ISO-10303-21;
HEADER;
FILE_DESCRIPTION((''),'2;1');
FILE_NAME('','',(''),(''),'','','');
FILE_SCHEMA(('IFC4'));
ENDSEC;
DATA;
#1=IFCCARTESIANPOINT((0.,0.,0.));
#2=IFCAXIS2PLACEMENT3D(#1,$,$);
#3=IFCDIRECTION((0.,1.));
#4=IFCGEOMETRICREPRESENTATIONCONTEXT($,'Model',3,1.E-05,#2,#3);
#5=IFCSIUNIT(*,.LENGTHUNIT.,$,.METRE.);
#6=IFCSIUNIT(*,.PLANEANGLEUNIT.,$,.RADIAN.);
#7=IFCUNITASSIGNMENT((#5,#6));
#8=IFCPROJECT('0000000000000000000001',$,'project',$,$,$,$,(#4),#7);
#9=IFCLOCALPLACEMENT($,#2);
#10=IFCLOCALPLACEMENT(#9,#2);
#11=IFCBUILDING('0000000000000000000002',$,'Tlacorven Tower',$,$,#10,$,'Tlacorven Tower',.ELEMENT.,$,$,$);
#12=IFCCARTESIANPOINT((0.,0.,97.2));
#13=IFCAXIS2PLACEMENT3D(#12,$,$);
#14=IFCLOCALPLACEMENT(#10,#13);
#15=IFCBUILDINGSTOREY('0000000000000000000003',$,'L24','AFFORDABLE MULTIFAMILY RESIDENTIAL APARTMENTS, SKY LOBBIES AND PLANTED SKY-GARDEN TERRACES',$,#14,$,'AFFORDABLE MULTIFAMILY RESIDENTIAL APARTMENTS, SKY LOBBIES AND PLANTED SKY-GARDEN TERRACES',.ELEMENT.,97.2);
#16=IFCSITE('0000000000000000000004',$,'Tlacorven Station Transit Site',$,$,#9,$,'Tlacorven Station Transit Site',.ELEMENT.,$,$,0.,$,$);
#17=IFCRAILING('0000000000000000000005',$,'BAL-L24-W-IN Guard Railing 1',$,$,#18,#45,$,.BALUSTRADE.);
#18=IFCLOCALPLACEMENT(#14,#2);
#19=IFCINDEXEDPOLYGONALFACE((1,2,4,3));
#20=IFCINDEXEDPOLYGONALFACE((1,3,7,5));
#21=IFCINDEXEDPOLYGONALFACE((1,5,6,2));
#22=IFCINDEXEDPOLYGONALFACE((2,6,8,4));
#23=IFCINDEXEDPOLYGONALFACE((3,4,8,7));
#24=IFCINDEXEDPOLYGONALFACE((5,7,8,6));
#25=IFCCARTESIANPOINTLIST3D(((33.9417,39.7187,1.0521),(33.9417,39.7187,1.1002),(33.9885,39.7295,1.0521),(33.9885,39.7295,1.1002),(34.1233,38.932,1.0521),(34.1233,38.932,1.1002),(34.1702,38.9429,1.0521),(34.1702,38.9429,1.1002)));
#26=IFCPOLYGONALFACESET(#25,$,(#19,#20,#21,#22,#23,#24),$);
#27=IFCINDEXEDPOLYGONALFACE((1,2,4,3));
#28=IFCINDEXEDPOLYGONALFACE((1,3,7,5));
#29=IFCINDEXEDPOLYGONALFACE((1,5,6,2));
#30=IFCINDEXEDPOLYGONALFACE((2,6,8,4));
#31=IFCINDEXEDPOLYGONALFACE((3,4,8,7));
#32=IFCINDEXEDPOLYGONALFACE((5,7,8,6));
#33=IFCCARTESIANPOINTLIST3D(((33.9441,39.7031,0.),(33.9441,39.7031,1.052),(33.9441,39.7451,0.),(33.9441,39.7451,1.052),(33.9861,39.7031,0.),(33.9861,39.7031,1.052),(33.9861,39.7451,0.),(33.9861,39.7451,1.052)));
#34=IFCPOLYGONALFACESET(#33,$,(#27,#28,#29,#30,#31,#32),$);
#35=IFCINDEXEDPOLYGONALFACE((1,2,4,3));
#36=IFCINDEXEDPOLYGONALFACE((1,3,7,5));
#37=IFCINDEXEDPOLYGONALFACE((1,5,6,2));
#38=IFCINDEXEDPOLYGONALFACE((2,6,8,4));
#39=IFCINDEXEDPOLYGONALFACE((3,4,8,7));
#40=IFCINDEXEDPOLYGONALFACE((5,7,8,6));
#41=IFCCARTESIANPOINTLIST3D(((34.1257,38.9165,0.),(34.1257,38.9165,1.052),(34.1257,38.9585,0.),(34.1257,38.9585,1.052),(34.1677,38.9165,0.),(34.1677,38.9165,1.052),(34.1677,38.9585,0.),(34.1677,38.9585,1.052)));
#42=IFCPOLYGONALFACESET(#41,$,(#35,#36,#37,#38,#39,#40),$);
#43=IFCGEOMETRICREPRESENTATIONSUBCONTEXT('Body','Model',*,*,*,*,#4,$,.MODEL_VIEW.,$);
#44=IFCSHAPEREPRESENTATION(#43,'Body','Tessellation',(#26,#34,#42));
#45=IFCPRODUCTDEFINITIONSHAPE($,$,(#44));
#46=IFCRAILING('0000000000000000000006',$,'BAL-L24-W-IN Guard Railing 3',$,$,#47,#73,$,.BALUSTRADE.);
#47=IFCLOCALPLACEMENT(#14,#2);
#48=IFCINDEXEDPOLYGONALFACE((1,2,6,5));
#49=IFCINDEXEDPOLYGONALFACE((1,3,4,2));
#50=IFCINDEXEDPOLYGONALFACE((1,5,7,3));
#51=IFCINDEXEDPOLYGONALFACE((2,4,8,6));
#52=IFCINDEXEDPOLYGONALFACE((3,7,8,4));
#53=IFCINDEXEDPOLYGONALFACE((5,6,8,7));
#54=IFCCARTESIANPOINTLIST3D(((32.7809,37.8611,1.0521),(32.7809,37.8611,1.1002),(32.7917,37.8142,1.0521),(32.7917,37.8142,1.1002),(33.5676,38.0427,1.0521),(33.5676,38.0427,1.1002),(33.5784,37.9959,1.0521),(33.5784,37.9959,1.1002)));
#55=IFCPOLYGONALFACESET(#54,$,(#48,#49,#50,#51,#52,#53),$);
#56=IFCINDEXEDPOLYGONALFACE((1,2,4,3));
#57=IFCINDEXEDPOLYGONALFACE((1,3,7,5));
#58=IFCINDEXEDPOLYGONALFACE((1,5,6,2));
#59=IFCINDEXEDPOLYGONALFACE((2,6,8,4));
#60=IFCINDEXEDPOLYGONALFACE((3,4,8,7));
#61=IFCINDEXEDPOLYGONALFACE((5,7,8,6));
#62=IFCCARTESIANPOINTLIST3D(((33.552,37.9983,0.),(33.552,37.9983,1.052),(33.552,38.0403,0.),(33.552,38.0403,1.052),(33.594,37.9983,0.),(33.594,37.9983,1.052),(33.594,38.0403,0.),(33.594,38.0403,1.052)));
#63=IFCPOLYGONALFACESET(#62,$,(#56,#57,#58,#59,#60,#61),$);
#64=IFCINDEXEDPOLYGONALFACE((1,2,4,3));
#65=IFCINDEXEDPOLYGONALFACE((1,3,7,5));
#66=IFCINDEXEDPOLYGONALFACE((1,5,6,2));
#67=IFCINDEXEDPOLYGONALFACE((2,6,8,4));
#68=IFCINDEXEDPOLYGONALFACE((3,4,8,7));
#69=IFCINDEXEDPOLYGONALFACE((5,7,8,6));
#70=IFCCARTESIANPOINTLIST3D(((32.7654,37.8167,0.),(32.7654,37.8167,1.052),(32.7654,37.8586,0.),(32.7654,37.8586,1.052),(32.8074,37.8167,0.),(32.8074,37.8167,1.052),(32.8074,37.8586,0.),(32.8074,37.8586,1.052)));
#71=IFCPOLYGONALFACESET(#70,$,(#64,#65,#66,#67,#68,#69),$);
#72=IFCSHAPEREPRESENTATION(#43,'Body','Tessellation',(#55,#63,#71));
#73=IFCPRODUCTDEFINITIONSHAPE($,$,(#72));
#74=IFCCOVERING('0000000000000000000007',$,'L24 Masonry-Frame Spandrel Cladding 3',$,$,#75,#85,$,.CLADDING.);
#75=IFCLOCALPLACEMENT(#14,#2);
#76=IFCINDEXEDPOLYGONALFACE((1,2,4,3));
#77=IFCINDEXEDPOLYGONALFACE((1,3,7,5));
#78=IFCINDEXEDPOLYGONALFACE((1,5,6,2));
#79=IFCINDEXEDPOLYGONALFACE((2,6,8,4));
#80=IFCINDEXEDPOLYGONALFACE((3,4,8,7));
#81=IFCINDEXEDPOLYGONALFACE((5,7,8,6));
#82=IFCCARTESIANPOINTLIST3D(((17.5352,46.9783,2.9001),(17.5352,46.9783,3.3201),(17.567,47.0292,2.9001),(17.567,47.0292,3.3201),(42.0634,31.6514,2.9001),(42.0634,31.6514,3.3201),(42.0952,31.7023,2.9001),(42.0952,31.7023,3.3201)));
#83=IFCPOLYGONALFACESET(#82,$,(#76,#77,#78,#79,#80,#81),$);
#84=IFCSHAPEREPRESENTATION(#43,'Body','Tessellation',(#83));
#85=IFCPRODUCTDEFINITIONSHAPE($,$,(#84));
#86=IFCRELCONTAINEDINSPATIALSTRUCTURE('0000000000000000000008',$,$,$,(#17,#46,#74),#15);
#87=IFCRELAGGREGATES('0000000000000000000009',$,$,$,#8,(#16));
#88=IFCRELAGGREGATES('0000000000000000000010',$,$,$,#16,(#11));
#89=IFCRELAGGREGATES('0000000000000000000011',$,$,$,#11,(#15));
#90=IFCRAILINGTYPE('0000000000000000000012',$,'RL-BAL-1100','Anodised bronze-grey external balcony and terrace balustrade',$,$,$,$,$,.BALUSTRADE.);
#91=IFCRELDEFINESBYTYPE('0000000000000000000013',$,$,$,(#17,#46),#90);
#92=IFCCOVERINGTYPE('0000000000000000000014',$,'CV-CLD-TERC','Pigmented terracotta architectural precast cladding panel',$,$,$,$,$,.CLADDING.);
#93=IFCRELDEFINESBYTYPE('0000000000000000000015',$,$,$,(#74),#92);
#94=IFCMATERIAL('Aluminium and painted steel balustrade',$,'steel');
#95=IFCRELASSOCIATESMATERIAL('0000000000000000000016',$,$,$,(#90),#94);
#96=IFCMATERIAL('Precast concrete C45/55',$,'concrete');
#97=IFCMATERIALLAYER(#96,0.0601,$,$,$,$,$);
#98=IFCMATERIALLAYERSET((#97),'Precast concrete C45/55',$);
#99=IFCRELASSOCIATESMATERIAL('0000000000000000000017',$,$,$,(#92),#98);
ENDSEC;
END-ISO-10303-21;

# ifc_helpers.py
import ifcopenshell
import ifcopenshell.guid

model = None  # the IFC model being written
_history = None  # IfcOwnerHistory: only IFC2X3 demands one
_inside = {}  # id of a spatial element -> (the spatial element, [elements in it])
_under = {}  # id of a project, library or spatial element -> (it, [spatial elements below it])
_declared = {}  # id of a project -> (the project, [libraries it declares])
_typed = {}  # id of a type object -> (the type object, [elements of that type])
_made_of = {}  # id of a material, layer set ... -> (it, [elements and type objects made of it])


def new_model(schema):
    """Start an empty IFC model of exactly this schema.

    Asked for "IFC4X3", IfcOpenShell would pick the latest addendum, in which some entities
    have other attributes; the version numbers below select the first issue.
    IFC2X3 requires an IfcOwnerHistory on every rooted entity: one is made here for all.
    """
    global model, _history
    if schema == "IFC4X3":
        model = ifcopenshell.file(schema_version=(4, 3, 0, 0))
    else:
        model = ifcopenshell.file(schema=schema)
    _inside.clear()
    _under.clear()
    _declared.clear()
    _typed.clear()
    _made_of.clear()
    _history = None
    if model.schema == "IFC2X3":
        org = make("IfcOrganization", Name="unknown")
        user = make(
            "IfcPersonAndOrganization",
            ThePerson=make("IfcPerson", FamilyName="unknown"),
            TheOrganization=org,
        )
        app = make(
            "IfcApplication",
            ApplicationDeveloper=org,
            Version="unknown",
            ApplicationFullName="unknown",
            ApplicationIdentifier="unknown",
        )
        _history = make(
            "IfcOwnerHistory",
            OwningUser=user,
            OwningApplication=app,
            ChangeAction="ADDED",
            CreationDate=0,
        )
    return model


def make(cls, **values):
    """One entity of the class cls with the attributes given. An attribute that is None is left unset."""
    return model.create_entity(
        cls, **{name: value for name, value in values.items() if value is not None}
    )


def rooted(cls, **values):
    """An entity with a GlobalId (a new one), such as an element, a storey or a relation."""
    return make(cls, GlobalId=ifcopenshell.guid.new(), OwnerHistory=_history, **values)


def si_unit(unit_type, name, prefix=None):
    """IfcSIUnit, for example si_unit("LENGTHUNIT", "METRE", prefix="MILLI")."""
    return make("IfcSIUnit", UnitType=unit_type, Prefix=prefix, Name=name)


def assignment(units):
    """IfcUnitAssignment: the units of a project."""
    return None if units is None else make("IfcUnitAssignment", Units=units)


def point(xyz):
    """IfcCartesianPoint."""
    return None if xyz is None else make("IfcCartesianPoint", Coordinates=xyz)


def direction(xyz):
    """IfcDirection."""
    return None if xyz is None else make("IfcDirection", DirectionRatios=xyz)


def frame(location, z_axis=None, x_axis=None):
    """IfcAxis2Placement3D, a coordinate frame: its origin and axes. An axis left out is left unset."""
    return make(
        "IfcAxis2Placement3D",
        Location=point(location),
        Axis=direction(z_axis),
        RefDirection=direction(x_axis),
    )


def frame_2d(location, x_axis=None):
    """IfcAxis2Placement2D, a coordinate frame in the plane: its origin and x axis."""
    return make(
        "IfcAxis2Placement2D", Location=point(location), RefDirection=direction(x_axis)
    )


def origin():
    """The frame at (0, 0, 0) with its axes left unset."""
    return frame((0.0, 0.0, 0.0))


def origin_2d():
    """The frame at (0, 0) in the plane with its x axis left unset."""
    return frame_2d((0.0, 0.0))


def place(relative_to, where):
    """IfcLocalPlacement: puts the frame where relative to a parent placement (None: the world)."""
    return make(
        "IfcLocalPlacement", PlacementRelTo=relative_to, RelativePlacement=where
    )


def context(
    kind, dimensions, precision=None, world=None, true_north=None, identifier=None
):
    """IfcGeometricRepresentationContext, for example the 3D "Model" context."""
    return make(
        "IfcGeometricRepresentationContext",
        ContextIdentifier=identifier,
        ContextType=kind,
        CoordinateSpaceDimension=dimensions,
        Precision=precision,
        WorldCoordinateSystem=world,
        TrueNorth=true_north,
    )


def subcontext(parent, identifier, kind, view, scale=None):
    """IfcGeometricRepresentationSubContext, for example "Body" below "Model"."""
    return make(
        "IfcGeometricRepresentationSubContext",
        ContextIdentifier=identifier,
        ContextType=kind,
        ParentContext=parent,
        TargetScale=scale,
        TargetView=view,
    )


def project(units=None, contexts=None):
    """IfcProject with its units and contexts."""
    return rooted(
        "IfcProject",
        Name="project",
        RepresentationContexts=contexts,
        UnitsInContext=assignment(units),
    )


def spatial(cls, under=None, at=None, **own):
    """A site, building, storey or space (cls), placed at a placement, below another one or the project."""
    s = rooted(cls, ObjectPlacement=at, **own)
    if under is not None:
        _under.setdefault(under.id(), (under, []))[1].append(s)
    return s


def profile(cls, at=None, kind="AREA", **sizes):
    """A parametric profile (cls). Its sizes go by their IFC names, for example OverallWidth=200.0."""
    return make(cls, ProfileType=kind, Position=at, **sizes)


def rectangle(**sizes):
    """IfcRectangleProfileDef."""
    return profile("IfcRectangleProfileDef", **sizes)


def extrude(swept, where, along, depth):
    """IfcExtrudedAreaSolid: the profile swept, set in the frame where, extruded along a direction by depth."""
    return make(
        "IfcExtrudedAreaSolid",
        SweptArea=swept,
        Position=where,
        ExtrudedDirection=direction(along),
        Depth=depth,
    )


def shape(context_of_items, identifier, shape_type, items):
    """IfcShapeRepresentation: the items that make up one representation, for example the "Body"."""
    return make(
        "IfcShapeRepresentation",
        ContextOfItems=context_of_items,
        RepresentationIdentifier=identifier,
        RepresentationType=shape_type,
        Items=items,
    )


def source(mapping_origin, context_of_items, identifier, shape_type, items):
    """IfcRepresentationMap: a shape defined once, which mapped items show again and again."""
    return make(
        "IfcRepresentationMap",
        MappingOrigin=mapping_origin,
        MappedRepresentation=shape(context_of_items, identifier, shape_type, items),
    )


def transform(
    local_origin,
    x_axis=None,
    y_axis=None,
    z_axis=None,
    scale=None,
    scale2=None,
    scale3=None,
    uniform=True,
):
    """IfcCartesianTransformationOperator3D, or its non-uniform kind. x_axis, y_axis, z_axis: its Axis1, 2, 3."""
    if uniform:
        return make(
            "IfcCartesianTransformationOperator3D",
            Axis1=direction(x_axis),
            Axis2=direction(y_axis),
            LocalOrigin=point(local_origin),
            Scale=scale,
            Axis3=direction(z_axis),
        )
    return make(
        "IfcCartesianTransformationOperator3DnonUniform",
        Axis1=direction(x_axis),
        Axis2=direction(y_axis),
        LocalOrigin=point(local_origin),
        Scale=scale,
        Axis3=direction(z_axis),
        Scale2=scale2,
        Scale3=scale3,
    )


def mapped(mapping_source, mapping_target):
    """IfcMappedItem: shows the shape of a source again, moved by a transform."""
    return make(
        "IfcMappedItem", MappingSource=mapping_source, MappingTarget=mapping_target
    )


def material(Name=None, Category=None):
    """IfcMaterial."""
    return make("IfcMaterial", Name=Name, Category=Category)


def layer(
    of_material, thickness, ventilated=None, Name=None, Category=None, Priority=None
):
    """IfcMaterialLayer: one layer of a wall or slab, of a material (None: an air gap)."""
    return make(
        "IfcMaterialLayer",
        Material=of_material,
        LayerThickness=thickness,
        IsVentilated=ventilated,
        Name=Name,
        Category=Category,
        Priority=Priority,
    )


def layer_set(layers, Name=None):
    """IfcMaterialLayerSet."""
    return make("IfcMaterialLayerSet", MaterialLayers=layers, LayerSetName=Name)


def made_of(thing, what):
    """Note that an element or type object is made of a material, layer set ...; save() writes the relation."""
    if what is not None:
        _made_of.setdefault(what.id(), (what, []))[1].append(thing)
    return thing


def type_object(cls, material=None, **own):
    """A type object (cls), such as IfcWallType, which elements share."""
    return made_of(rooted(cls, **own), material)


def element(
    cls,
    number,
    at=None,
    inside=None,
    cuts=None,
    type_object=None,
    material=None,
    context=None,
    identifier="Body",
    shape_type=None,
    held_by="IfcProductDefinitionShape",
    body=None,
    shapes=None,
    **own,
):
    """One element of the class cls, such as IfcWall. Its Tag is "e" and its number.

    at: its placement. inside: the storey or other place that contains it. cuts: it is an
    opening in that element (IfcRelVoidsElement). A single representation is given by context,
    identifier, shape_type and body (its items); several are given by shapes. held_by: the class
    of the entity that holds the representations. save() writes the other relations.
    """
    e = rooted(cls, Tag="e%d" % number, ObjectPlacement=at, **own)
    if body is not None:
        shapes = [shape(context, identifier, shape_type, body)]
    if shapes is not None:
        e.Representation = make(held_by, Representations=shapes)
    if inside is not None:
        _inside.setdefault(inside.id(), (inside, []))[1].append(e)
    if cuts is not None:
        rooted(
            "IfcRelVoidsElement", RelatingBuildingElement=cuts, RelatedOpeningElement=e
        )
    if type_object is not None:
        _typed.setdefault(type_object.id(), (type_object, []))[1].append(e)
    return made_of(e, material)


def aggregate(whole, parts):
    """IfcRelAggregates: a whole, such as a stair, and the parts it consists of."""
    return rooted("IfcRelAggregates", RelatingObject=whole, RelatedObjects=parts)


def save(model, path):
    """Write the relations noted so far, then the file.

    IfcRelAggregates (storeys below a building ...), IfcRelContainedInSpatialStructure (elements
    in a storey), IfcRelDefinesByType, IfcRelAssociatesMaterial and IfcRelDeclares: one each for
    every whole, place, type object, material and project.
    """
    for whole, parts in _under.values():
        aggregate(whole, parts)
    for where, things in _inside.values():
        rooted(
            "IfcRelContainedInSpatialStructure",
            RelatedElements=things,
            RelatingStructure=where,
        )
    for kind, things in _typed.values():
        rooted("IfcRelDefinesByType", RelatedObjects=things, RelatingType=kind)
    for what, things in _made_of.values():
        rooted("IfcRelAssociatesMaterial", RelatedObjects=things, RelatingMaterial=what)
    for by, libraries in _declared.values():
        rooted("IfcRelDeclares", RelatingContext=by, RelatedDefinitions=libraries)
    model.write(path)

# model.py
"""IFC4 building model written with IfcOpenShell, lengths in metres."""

from ifc_helpers import new_model, si_unit, direction, frame, origin, origin_2d, place, context, subcontext, project, spatial, rectangle, extrude, source, transform, mapped, material, layer, layer_set, type_object, element, save


model = new_model("IFC4")

# Units and contexts
model_context = context("Model", 3, precision=1e-05, world=origin(), true_north=direction((0.0, 1.0)))
body_context = subcontext(model_context, "Body", "Model", "MODEL_VIEW")
ifc_project = project(units=[si_unit("LENGTHUNIT", "METRE"), si_unit("PLANEANGLEUNIT", "RADIAN")], contexts=[model_context])

# Site, building, storey
site_placement = place(None, origin())
site = spatial("IfcSite", under=ifc_project, at=site_placement, Name="Tlacorven Station Transit Site", LongName="Tlacorven Station Transit Site", CompositionType="ELEMENT", RefElevation=0.0)
building_placement = place(site_placement, origin())
building = spatial("IfcBuilding", under=site, at=building_placement, Name="Tlacorven Tower", LongName="Tlacorven Tower", CompositionType="ELEMENT")
storey_placement = place(building_placement, frame((0.0, 0.0, 97.2)))
storey = spatial("IfcBuildingStorey", under=building, at=storey_placement, Name="L24", Description="AFFORDABLE MULTIFAMILY RESIDENTIAL APARTMENTS, SKY LOBBIES AND PLANTED SKY-GARDEN TERRACES", LongName="AFFORDABLE MULTIFAMILY RESIDENTIAL APARTMENTS, SKY LOBBIES AND PLANTED SKY-GARDEN TERRACES", CompositionType="ELEMENT", Elevation=97.2)

# Railings
ifc_material_1 = material(Name="Aluminium and painted steel balustrade", Category="steel")
railing_type = type_object("IfcRailingType", Name="RL-BAL-1100", Description="Anodised bronze-grey external balcony and terrace balustrade", PredefinedType="BALUSTRADE", material=ifc_material_1)
shared_shape_1 = source(origin(), body_context, "Body", "SweptSolid", [
    extrude(rectangle(XDim=0.0481, YDim=0.0481, at=origin_2d()), frame((0.0, 0.0, 1.0762), z_axis=(0.224992, -0.974361, 0.0), x_axis=(0.974361, 0.224992, 0.0)), (0.0, 0.0, 1.0), 0.8074),
    extrude(rectangle(XDim=0.042, YDim=0.042, at=origin_2d()), origin(), (0.0, 0.0, 1.0), 1.052),
    extrude(rectangle(XDim=0.042, YDim=0.042, at=origin_2d()), frame((0.1816, -0.7866, 0.0)), (0.0, 0.0, 1.0), 1.052),
])
railing_1_placement = place(storey_placement, frame((33.9651, 39.7241, 0.0)))
element("IfcRailing", 1, at=railing_1_placement, inside=storey, type_object=railing_type, Name="BAL-L24-W-IN Guard Railing 1", PredefinedType="BALUSTRADE", context=body_context, shape_type="MappedRepresentation", body=[
    mapped(shared_shape_1, transform((0.0, 0.0, 0.0), scale=1.0)),
])
shared_shape_2 = source(origin(), body_context, "Body", "SweptSolid", [
    extrude(rectangle(XDim=0.0481, YDim=0.0481, at=origin_2d()), frame((0.0, 0.0, 1.0762), z_axis=(-0.974361, -0.224992, 0.0), x_axis=(0.224992, -0.974361, 0.0)), (0.0, 0.0, 1.0), 0.8074),
    extrude(rectangle(XDim=0.042, YDim=0.042, at=origin_2d()), origin(), (0.0, 0.0, 1.0), 1.052),
    extrude(rectangle(XDim=0.042, YDim=0.042, at=origin_2d()), frame((-0.7866, -0.1816, 0.0)), (0.0, 0.0, 1.0), 1.052),
])
railing_2_placement = place(storey_placement, frame((33.573, 38.0193, 0.0)))
element("IfcRailing", 2, at=railing_2_placement, inside=storey, type_object=railing_type, Name="BAL-L24-W-IN Guard Railing 3", PredefinedType="BALUSTRADE", context=body_context, shape_type="MappedRepresentation", body=[
    mapped(shared_shape_2, transform((0.0, 0.0, 0.0), scale=1.0)),
])

# Covering
ifc_material_2 = material(Name="Precast concrete C45/55", Category="concrete")
ifc_layer_1 = layer(ifc_material_2, 0.0601)
ifc_layer_set_1 = layer_set([ifc_layer_1], Name="Precast concrete C45/55")
covering_type = type_object("IfcCoveringType", Name="CV-CLD-TERC", Description="Pigmented terracotta architectural precast cladding panel", PredefinedType="CLADDING", material=ifc_layer_set_1)
shared_shape_3 = source(origin(), body_context, "Body", "SweptSolid", [
    extrude(rectangle(XDim=28.9231, YDim=0.0601, at=origin_2d()), origin(), (0.0, 0.0, 1.0), 0.4199),
])
covering_placement = place(storey_placement, frame((29.8152, 39.3403, 2.9001), z_axis=(0.0, 0.0, 1.0), x_axis=(0.848048, -0.529919, 0.0)))
element("IfcCovering", 3, at=covering_placement, inside=storey, type_object=covering_type, Name="L24 Masonry-Frame Spandrel Cladding 3", PredefinedType="CLADDING", context=body_context, shape_type="MappedRepresentation", body=[
    mapped(shared_shape_3, transform((0.0, 0.0, 0.0), scale=1.0)),
])

save(model, "model.ifc")
